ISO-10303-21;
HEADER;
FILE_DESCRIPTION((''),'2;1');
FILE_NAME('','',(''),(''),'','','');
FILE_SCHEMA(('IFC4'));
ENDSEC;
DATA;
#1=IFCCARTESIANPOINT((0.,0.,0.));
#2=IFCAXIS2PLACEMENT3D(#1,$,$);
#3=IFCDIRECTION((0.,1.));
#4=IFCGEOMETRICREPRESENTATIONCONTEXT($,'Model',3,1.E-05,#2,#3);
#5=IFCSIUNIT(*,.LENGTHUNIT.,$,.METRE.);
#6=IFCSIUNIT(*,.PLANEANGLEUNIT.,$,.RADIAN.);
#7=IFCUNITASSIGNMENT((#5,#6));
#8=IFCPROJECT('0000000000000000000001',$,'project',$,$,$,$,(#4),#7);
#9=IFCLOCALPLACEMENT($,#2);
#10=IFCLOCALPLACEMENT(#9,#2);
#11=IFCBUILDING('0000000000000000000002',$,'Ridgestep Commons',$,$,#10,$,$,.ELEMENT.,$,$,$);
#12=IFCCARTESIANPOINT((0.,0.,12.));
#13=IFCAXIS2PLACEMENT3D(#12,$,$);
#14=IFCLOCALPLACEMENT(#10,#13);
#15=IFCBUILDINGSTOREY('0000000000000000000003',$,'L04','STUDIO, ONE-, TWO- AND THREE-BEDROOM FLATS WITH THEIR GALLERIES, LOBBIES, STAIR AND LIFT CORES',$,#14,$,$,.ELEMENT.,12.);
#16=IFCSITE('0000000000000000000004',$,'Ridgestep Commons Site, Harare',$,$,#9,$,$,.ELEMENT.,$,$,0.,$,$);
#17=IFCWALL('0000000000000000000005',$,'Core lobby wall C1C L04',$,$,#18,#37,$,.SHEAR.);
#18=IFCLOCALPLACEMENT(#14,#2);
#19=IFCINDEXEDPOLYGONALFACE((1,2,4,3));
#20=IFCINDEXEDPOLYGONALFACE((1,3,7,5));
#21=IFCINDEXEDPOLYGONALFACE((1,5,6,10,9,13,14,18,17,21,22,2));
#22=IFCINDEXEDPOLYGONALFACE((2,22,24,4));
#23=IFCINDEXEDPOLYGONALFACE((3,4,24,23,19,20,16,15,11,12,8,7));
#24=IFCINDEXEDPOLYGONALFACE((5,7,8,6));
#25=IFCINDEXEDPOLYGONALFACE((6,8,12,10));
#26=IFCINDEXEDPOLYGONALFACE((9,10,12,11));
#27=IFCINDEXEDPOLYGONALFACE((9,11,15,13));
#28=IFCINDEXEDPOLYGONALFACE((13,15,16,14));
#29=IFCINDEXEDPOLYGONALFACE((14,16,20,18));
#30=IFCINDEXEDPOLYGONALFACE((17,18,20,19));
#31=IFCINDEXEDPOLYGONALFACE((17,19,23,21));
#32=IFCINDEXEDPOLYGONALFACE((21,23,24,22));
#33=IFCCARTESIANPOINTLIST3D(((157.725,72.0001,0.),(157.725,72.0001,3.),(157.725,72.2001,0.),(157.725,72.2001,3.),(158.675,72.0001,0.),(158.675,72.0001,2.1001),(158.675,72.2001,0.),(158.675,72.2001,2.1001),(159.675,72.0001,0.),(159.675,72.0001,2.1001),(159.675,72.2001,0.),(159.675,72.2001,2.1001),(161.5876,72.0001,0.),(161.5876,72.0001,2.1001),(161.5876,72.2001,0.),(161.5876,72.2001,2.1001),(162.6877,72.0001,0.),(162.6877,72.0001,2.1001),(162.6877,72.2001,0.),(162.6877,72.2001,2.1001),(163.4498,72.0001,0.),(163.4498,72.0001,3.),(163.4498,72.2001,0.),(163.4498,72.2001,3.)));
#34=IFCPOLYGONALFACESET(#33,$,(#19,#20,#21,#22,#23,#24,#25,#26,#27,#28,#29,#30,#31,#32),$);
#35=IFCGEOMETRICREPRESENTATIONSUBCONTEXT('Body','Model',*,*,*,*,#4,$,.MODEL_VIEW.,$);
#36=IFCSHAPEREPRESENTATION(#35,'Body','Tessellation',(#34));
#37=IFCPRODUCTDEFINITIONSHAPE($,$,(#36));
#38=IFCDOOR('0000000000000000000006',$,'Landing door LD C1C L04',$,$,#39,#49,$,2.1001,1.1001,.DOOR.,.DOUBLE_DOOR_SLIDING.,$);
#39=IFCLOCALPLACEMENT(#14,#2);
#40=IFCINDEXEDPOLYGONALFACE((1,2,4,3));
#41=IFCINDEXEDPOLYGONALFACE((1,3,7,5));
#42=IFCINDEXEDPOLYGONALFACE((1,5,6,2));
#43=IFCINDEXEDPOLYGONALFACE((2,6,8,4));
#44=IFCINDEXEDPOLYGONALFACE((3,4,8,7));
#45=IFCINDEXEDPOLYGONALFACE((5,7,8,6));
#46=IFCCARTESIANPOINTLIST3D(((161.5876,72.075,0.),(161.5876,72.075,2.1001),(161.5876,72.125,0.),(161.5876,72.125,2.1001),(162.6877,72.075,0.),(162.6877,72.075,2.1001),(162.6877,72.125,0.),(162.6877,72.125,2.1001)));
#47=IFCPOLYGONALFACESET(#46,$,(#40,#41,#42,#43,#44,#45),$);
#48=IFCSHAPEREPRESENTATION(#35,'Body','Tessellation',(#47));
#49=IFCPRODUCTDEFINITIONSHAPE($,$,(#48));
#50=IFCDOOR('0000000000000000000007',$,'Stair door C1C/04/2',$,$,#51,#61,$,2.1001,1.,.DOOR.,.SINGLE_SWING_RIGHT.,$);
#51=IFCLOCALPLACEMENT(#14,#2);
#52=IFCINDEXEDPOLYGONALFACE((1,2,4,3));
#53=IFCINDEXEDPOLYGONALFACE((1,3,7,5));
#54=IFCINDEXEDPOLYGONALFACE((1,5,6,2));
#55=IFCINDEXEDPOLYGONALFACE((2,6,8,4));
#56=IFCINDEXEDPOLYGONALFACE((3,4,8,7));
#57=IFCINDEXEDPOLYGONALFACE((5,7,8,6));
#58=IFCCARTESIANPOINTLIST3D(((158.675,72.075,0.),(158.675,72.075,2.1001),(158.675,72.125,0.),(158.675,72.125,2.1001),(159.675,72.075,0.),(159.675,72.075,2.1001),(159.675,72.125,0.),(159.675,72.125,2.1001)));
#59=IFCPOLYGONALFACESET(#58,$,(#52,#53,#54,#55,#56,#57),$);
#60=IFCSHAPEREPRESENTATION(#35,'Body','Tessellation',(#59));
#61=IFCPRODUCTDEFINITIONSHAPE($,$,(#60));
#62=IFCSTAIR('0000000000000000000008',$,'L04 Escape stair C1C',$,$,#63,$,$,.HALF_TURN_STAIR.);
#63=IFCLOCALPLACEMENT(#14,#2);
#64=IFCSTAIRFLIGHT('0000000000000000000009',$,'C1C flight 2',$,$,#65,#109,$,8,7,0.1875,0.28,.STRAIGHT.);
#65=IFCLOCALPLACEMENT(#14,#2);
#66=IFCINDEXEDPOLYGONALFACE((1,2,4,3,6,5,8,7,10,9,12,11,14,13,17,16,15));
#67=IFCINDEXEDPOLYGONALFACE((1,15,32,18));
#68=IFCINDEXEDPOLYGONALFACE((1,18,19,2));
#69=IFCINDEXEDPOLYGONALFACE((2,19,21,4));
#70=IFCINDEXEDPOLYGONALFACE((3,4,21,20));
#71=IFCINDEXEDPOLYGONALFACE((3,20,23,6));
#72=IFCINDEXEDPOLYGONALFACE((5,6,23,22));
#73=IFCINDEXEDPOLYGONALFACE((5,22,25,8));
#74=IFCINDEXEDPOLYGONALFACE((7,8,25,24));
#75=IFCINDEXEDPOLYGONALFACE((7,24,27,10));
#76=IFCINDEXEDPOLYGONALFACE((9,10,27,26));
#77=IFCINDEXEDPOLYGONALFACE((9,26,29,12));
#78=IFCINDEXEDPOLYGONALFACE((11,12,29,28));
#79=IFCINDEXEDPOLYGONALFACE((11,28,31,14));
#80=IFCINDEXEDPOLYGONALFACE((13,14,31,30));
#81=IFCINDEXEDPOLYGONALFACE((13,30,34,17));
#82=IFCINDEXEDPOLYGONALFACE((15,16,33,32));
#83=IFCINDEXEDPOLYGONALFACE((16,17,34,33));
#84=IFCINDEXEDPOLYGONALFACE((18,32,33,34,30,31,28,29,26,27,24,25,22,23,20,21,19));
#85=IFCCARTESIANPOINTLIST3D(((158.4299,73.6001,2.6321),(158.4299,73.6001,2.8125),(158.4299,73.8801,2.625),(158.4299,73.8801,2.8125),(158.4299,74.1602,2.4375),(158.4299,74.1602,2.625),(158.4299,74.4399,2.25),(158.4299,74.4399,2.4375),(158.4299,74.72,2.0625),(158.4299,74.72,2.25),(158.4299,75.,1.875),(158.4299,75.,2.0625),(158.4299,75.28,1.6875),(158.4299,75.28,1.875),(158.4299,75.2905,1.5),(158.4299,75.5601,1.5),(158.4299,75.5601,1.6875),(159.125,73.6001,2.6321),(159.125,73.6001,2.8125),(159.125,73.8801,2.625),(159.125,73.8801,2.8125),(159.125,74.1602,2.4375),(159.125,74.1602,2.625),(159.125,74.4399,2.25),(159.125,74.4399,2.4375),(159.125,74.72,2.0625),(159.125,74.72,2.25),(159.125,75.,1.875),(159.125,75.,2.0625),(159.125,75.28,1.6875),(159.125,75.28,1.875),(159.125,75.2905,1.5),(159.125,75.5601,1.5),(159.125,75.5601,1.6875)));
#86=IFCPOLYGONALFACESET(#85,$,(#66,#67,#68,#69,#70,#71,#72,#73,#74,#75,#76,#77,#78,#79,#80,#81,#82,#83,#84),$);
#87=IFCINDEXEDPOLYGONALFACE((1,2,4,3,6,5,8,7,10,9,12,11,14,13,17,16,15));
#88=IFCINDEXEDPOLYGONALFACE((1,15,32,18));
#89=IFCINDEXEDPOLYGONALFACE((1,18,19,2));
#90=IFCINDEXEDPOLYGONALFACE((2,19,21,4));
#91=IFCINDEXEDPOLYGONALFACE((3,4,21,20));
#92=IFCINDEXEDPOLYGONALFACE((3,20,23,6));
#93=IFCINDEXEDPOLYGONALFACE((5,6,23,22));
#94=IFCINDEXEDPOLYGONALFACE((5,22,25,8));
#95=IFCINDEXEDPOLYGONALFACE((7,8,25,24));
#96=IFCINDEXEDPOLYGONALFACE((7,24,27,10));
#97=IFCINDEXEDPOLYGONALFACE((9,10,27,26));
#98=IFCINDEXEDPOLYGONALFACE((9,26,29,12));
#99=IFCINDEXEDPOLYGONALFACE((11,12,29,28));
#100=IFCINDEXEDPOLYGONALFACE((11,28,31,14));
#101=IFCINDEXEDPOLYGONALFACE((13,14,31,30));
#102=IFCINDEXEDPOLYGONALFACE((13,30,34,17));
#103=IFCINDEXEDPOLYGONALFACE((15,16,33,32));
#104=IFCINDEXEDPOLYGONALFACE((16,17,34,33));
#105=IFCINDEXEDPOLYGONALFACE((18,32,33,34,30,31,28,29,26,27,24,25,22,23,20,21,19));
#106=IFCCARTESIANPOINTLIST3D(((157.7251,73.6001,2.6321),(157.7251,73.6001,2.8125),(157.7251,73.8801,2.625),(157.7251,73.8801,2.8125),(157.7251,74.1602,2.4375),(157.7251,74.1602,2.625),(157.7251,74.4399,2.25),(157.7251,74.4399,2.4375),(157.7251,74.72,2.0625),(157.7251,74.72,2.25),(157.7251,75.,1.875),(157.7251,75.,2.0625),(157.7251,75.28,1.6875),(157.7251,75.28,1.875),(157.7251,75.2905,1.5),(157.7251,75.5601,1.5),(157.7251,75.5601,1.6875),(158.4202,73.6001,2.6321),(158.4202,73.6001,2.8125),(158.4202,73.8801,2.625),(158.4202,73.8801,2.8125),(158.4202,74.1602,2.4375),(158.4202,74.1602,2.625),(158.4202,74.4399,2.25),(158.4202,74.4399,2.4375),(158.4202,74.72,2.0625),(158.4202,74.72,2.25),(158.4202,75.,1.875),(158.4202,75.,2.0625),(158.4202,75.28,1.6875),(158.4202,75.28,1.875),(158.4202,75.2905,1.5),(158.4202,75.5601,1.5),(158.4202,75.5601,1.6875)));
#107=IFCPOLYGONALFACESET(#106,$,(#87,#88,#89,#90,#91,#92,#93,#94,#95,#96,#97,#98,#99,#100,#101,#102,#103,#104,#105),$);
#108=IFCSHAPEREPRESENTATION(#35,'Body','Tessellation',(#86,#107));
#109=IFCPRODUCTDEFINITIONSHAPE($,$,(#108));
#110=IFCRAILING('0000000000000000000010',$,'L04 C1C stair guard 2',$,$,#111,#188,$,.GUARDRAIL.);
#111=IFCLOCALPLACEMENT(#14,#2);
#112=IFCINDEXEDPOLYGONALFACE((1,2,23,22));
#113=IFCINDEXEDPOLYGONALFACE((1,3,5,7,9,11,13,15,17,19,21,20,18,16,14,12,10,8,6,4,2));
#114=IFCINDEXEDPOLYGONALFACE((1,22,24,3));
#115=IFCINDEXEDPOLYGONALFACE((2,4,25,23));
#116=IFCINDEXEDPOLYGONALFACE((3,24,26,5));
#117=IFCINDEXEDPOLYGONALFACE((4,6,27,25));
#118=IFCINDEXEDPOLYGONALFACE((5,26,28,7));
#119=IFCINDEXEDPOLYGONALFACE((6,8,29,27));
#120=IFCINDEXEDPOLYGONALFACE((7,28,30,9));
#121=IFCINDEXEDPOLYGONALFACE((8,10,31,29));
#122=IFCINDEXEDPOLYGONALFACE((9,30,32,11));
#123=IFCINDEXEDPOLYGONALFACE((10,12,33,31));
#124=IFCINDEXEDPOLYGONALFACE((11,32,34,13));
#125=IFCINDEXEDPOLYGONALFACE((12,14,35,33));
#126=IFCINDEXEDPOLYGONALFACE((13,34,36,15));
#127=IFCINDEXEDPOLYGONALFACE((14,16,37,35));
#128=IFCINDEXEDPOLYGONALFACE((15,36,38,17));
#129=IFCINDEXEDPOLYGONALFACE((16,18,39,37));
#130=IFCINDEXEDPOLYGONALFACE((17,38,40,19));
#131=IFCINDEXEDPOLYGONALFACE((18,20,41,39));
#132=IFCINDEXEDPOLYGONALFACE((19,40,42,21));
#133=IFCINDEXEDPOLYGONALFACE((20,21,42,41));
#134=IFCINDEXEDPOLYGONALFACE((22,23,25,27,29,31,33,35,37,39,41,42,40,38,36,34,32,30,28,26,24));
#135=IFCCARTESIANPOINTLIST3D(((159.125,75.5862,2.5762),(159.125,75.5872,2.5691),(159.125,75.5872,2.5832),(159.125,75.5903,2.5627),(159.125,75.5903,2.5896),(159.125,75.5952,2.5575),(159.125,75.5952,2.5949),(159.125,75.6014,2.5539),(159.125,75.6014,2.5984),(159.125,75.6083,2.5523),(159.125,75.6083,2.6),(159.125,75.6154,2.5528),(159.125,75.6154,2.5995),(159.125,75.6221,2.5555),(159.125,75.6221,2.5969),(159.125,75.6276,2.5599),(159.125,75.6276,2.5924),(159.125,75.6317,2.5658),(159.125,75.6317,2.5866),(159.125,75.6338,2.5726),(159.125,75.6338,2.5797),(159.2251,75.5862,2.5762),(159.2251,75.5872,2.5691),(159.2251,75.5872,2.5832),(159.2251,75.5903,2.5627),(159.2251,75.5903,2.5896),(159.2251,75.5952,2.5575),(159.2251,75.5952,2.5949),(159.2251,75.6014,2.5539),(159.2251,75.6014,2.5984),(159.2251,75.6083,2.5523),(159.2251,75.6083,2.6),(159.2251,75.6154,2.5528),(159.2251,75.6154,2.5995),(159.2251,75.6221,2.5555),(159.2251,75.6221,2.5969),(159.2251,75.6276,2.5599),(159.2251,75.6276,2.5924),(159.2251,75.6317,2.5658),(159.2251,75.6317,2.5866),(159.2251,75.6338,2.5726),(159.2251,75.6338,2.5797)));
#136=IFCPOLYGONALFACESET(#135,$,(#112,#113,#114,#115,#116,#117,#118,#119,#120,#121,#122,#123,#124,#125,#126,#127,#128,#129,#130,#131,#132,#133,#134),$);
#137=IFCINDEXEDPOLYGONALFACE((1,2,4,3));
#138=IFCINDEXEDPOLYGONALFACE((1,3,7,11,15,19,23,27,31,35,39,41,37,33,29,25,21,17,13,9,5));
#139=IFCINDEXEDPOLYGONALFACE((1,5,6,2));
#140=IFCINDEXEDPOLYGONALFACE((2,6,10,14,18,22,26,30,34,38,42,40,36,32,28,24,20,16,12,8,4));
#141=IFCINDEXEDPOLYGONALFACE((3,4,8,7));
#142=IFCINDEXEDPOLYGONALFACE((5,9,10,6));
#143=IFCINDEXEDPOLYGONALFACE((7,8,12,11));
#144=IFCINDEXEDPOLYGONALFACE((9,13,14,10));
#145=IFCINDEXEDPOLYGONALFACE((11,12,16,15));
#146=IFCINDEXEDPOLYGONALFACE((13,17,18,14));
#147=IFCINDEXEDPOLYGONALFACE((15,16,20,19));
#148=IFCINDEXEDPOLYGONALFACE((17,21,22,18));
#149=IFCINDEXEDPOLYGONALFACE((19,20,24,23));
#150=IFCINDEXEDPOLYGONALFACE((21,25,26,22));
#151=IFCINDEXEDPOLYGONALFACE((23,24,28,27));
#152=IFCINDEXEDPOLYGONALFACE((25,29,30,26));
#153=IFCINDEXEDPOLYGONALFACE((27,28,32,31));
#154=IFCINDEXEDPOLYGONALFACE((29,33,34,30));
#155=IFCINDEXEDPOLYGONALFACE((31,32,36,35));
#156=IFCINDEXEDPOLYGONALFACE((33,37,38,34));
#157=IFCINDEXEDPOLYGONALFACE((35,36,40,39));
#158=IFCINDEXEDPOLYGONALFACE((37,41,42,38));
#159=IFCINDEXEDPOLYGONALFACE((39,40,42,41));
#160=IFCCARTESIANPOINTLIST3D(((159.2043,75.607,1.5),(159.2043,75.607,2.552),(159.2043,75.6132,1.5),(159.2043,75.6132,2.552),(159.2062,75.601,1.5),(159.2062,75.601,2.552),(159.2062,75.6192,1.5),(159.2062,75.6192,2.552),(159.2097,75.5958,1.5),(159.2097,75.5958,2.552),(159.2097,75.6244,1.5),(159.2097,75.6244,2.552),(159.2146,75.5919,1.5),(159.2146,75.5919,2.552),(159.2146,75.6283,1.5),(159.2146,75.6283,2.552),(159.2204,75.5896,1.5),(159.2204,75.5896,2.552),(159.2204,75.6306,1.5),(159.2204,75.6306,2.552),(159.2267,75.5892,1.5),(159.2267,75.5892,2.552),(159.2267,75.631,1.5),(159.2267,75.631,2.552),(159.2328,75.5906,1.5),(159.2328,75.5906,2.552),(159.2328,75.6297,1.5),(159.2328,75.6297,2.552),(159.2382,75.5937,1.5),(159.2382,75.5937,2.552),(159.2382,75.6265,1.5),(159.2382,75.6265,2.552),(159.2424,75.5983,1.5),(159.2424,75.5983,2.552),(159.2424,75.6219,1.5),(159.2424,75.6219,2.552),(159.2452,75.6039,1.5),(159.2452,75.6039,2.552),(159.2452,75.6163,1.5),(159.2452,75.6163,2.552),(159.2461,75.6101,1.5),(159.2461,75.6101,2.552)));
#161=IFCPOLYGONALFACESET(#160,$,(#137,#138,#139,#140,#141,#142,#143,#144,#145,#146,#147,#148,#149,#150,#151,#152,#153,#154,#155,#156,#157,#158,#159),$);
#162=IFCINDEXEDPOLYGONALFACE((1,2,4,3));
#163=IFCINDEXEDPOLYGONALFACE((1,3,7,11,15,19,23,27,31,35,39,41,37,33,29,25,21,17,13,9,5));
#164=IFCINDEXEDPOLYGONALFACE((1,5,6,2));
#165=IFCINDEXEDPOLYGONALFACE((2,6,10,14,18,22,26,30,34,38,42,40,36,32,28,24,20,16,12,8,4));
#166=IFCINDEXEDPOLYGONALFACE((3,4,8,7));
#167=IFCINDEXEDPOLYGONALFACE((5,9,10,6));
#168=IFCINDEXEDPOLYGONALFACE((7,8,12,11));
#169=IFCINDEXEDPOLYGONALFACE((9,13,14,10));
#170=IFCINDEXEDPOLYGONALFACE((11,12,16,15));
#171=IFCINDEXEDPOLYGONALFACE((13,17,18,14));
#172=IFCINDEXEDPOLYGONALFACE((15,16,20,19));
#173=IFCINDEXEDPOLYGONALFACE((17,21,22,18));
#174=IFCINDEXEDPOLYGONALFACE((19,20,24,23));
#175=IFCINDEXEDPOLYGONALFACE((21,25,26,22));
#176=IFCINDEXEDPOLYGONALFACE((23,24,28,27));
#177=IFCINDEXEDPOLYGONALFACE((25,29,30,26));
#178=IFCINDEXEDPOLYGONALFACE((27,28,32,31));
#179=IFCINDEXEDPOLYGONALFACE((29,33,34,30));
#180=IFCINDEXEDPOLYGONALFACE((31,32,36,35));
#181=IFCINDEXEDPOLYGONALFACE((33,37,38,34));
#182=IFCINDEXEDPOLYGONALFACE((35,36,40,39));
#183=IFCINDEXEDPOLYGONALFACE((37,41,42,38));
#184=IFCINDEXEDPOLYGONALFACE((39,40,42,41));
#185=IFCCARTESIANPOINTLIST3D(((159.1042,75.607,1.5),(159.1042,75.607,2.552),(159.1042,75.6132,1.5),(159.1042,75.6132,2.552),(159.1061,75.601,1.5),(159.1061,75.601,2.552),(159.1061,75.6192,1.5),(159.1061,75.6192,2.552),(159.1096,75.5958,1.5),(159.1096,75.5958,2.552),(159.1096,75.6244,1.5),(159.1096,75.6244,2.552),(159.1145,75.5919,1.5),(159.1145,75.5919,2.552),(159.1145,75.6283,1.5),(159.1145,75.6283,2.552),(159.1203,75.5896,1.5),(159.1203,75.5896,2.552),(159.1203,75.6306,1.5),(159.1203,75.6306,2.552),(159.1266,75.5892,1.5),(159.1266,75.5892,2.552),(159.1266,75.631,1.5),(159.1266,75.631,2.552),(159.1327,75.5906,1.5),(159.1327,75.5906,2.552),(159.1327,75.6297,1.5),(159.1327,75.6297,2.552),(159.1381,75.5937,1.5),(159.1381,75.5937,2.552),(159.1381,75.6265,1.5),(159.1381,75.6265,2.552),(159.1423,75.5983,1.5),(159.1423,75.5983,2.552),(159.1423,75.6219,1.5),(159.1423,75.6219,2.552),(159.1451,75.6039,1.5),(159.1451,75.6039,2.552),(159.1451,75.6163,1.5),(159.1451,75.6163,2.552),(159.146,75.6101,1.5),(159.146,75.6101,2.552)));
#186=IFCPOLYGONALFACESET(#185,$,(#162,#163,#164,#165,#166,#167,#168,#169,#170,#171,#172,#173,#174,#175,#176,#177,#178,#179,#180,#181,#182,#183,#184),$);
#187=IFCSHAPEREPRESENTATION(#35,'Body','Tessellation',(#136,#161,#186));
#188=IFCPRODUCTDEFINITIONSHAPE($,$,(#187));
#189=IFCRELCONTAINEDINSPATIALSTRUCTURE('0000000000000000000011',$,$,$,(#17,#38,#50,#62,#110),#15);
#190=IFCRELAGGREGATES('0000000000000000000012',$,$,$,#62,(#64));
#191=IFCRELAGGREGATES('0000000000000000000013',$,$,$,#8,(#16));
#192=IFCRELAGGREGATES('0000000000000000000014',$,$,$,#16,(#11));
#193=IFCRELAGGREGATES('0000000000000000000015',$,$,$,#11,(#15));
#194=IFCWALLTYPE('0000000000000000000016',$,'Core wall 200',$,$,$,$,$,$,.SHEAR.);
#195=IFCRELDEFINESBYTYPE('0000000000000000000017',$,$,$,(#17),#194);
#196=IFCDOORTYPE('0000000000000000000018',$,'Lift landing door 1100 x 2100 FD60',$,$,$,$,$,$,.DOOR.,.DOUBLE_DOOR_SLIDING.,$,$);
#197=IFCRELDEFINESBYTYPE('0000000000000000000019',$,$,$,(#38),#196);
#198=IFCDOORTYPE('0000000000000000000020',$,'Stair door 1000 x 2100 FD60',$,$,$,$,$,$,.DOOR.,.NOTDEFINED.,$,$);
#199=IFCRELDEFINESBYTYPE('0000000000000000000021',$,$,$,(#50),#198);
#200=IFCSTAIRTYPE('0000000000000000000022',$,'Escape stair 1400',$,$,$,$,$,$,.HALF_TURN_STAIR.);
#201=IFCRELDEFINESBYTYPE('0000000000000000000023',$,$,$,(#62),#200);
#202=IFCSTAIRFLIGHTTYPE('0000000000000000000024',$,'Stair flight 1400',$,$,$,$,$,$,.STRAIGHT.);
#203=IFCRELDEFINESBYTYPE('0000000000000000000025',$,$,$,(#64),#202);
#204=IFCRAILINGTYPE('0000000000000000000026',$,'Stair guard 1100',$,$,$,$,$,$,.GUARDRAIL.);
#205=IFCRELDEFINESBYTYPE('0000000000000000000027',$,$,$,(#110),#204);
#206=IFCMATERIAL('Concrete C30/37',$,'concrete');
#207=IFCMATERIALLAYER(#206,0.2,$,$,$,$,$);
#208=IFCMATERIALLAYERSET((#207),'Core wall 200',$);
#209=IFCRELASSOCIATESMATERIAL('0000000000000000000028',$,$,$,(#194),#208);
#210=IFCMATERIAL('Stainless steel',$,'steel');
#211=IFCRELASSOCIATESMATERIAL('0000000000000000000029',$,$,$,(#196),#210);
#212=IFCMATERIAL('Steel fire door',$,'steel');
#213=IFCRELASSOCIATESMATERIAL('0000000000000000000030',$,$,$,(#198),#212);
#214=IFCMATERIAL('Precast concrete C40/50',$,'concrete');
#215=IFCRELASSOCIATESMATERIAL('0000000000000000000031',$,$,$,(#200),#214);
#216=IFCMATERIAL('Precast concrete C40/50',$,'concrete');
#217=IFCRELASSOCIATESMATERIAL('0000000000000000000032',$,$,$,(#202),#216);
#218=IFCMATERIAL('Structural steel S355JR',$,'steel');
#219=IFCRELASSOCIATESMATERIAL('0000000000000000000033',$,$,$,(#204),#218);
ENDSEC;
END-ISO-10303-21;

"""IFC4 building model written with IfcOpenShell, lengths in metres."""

from ifc_helpers import new_model, si_unit, direction, frame, frame_2d, origin, origin_2d, place, context, subcontext, project, spatial, polyline, rectangle, circle, outline, extrude, material, layer, layer_set, type_object, element, fill, aggregate, save


model = new_model("IFC4")

# Units and contexts
model_context = context("Model", 3, precision=1e-05, world=origin(), true_north=direction((0.0, 1.0)))
body_context = subcontext(model_context, "Body", "Model", "MODEL_VIEW")
ifc_project = project(units=[si_unit("LENGTHUNIT", "METRE"), si_unit("PLANEANGLEUNIT", "RADIAN")], contexts=[model_context])

# Site, building, storey
site_placement = place(None, origin())
site = spatial("IfcSite", under=ifc_project, at=site_placement, Name="Ridgestep Commons Site, Harare", CompositionType="ELEMENT", RefElevation=0.0)
building_placement = place(site_placement, origin())
building = spatial("IfcBuilding", under=site, at=building_placement, Name="Ridgestep Commons", CompositionType="ELEMENT")
storey_placement = place(building_placement, frame((0.0, 0.0, 12.0)))
storey = spatial("IfcBuildingStorey", under=building, at=storey_placement, Name="L04", Description="STUDIO, ONE-, TWO- AND THREE-BEDROOM FLATS WITH THEIR GALLERIES, LOBBIES, STAIR AND LIFT CORES", CompositionType="ELEMENT", Elevation=12.0)

# Wall, openings, doors
ifc_material_1 = material(Name="Concrete C30/37", Category="concrete")
ifc_layer_1 = layer(ifc_material_1, 0.2)
ifc_layer_set_1 = layer_set([ifc_layer_1], Name="Core wall 200")
wall_type = type_object("IfcWallType", Name="Core wall 200", PredefinedType="SHEAR", material=ifc_layer_set_1)
wall_placement = place(storey_placement, frame((157.7251, 72.1001, 0.0), z_axis=(0.0, 0.0, 1.0), x_axis=(1.0, 0.0, 0.0)))
wall = element("IfcWall", 1, at=wall_placement, inside=storey, type_object=wall_type, Name="Core lobby wall C1C L04", PredefinedType="SHEAR", context=body_context, shape_type="SweptSolid", body=[
    extrude(rectangle(XDim=5.7249, YDim=0.2, at=frame_2d((2.8623, 0.0))), origin(), (0.0, 0.0, 1.0), 3.0),
])
opening_1_placement = place(wall_placement, frame((0.95, 0.0, 0.0)))
opening_1 = element("IfcOpeningElement", 2, at=opening_1_placement, cuts=wall, PredefinedType="OPENING", context=body_context, shape_type="SweptSolid", body=[
    extrude(rectangle(XDim=1.0, YDim=2.1001, at=frame_2d((0.5, 1.05))), frame((0.0, 0.1099, 0.0), z_axis=(0.0, -1.0, 0.0), x_axis=(1.0, 0.0, 0.0)), (0.0, 0.0, 1.0), 0.22),
])
opening_2_placement = place(wall_placement, frame((3.8625, 0.0, 0.0)))
opening_2 = element("IfcOpeningElement", 3, at=opening_2_placement, cuts=wall, PredefinedType="OPENING", context=body_context, shape_type="SweptSolid", body=[
    extrude(rectangle(XDim=1.1001, YDim=2.1001, at=frame_2d((0.55, 1.05))), frame((0.0, 0.1099, 0.0), z_axis=(0.0, -1.0, 0.0), x_axis=(1.0, 0.0, 0.0)), (0.0, 0.0, 1.0), 0.22),
])
ifc_material_2 = material(Name="Stainless steel", Category="steel")
door_type_1 = type_object("IfcDoorType", Name="Lift landing door 1100 x 2100 FD60", OperationType="DOUBLE_DOOR_SLIDING", PredefinedType="DOOR", material=ifc_material_2)
door_1_placement = place(opening_2_placement, origin())
door_1 = element("IfcDoor", 4, at=door_1_placement, inside=storey, type_object=door_type_1, Name="Landing door LD C1C L04", OperationType="DOUBLE_DOOR_SLIDING", OverallHeight=2.1001, OverallWidth=1.1001, PredefinedType="DOOR", context=body_context, shape_type="SweptSolid", body=[
    extrude(rectangle(XDim=1.1001, YDim=2.1001, at=frame_2d((0.55, 1.05))), frame((0.0, 0.0249, 0.0), z_axis=(0.0, -1.0, 0.0), x_axis=(1.0, 0.0, 0.0)), (0.0, 0.0, 1.0), 0.05),
])
fill(opening_2, door_1)
ifc_material_3 = material(Name="Steel fire door", Category="steel")
door_type_2 = type_object("IfcDoorType", Name="Stair door 1000 x 2100 FD60", OperationType="NOTDEFINED", PredefinedType="DOOR", material=ifc_material_3)
door_2_placement = place(opening_1_placement, origin())
door_2 = element("IfcDoor", 5, at=door_2_placement, inside=storey, type_object=door_type_2, Name="Stair door C1C/04/2", OperationType="SINGLE_SWING_RIGHT", OverallHeight=2.1001, OverallWidth=1.0, PredefinedType="DOOR", context=body_context, shape_type="SweptSolid", body=[
    extrude(rectangle(XDim=1.0, YDim=2.1001, at=frame_2d((0.5, 1.05))), frame((0.0, 0.0249, 0.0), z_axis=(0.0, -1.0, 0.0), x_axis=(1.0, 0.0, 0.0)), (0.0, 0.0, 1.0), 0.05),
])
fill(opening_1, door_2)

# Stair, stair flight
ifc_material_4 = material(Name="Precast concrete C40/50", Category="concrete")
stair_type = type_object("IfcStairType", Name="Escape stair 1400", PredefinedType="HALF_TURN_STAIR", material=ifc_material_4)
stair_placement = place(storey_placement, origin())
stair = element("IfcStair", 6, at=stair_placement, inside=storey, type_object=stair_type, Name="L04 Escape stair C1C", PredefinedType="HALF_TURN_STAIR")
ifc_material_5 = material(Name="Precast concrete C40/50", Category="concrete")
stair_flight_type = type_object("IfcStairFlightType", Name="Stair flight 1400", PredefinedType="STRAIGHT", material=ifc_material_5)
stair_flight_placement = place(storey_placement, frame((158.425, 75.5601, 1.5), z_axis=(0.0, 0.0, 1.0), x_axis=(0.0, -1.0, 0.0)))
stair_flight = element("IfcStairFlight", 7, at=stair_flight_placement, type_object=stair_flight_type, Name="C1C flight 2", NumberOfRisers=8, NumberOfTreads=7, PredefinedType="STRAIGHT", RiserHeight=0.1875, TreadLength=0.28, context=body_context, shape_type="SweptSolid", body=[
    extrude(outline(polyline([(0.0, 0.0), (0.0, 0.1875), (0.28, 0.1875), (0.28, 0.375), (0.5601, 0.375), (0.5601, 0.5625), (0.8401, 0.5625), (0.8401, 0.75), (1.1201, 0.75), (1.1201, 0.9375), (1.3999, 0.9375), (1.3999, 1.125), (1.6799, 1.125), (1.6799, 1.3125), (1.96, 1.3125), (1.96, 1.5), (1.96, 1.1321), (0.2695, 0.0), (0.0, 0.0)])), frame((0.0, 0.7, 0.0), z_axis=(0.0, -1.0, 0.0), x_axis=(1.0, 0.0, 0.0)), (0.0, 0.0, 1.0), 0.6951),
    extrude(outline(polyline([(0.0, 0.0), (0.0, 0.1875), (0.28, 0.1875), (0.28, 0.375), (0.5601, 0.375), (0.5601, 0.5625), (0.8401, 0.5625), (0.8401, 0.75), (1.1201, 0.75), (1.1201, 0.9375), (1.3999, 0.9375), (1.3999, 1.125), (1.6799, 1.125), (1.6799, 1.3125), (1.96, 1.3125), (1.96, 1.5), (1.96, 1.1321), (0.2695, 0.0), (0.0, 0.0)])), frame((0.0, -0.0049, 0.0), z_axis=(0.0, -1.0, 0.0), x_axis=(1.0, 0.0, 0.0)), (0.0, 0.0, 1.0), 0.6951),
])
aggregate(stair, [stair_flight])

# Railing
ifc_material_6 = material(Name="Structural steel S355JR", Category="steel")
railing_type_1 = type_object("IfcRailingType", Name="Stair guard 1100", PredefinedType="GUARDRAIL", material=ifc_material_6)
railing_1_placement = place(storey_placement, frame((159.2251, 75.6101, 1.5)))
element("IfcRailing", 8, at=railing_1_placement, inside=storey, type_object=railing_type_1, Name="L04 C1C stair guard 2", PredefinedType="GUARDRAIL", context=body_context, shape_type="SweptSolid", body=[
    extrude(circle(Radius=0.0239, at=origin_2d()), frame((0.0, 0.0, 1.0762), z_axis=(-1.0, 0.0, 0.0), x_axis=(0.0, -1.0, 0.0)), (0.0, 0.0, 1.0), 0.1001),
    extrude(circle(Radius=0.021, at=origin_2d()), origin(), (0.0, 0.0, 1.0), 1.052),
    extrude(circle(Radius=0.021, at=origin_2d()), frame((-0.1001, 0.0, 0.0)), (0.0, 0.0, 1.0), 1.052),
])

save(model, "model.ifc")
